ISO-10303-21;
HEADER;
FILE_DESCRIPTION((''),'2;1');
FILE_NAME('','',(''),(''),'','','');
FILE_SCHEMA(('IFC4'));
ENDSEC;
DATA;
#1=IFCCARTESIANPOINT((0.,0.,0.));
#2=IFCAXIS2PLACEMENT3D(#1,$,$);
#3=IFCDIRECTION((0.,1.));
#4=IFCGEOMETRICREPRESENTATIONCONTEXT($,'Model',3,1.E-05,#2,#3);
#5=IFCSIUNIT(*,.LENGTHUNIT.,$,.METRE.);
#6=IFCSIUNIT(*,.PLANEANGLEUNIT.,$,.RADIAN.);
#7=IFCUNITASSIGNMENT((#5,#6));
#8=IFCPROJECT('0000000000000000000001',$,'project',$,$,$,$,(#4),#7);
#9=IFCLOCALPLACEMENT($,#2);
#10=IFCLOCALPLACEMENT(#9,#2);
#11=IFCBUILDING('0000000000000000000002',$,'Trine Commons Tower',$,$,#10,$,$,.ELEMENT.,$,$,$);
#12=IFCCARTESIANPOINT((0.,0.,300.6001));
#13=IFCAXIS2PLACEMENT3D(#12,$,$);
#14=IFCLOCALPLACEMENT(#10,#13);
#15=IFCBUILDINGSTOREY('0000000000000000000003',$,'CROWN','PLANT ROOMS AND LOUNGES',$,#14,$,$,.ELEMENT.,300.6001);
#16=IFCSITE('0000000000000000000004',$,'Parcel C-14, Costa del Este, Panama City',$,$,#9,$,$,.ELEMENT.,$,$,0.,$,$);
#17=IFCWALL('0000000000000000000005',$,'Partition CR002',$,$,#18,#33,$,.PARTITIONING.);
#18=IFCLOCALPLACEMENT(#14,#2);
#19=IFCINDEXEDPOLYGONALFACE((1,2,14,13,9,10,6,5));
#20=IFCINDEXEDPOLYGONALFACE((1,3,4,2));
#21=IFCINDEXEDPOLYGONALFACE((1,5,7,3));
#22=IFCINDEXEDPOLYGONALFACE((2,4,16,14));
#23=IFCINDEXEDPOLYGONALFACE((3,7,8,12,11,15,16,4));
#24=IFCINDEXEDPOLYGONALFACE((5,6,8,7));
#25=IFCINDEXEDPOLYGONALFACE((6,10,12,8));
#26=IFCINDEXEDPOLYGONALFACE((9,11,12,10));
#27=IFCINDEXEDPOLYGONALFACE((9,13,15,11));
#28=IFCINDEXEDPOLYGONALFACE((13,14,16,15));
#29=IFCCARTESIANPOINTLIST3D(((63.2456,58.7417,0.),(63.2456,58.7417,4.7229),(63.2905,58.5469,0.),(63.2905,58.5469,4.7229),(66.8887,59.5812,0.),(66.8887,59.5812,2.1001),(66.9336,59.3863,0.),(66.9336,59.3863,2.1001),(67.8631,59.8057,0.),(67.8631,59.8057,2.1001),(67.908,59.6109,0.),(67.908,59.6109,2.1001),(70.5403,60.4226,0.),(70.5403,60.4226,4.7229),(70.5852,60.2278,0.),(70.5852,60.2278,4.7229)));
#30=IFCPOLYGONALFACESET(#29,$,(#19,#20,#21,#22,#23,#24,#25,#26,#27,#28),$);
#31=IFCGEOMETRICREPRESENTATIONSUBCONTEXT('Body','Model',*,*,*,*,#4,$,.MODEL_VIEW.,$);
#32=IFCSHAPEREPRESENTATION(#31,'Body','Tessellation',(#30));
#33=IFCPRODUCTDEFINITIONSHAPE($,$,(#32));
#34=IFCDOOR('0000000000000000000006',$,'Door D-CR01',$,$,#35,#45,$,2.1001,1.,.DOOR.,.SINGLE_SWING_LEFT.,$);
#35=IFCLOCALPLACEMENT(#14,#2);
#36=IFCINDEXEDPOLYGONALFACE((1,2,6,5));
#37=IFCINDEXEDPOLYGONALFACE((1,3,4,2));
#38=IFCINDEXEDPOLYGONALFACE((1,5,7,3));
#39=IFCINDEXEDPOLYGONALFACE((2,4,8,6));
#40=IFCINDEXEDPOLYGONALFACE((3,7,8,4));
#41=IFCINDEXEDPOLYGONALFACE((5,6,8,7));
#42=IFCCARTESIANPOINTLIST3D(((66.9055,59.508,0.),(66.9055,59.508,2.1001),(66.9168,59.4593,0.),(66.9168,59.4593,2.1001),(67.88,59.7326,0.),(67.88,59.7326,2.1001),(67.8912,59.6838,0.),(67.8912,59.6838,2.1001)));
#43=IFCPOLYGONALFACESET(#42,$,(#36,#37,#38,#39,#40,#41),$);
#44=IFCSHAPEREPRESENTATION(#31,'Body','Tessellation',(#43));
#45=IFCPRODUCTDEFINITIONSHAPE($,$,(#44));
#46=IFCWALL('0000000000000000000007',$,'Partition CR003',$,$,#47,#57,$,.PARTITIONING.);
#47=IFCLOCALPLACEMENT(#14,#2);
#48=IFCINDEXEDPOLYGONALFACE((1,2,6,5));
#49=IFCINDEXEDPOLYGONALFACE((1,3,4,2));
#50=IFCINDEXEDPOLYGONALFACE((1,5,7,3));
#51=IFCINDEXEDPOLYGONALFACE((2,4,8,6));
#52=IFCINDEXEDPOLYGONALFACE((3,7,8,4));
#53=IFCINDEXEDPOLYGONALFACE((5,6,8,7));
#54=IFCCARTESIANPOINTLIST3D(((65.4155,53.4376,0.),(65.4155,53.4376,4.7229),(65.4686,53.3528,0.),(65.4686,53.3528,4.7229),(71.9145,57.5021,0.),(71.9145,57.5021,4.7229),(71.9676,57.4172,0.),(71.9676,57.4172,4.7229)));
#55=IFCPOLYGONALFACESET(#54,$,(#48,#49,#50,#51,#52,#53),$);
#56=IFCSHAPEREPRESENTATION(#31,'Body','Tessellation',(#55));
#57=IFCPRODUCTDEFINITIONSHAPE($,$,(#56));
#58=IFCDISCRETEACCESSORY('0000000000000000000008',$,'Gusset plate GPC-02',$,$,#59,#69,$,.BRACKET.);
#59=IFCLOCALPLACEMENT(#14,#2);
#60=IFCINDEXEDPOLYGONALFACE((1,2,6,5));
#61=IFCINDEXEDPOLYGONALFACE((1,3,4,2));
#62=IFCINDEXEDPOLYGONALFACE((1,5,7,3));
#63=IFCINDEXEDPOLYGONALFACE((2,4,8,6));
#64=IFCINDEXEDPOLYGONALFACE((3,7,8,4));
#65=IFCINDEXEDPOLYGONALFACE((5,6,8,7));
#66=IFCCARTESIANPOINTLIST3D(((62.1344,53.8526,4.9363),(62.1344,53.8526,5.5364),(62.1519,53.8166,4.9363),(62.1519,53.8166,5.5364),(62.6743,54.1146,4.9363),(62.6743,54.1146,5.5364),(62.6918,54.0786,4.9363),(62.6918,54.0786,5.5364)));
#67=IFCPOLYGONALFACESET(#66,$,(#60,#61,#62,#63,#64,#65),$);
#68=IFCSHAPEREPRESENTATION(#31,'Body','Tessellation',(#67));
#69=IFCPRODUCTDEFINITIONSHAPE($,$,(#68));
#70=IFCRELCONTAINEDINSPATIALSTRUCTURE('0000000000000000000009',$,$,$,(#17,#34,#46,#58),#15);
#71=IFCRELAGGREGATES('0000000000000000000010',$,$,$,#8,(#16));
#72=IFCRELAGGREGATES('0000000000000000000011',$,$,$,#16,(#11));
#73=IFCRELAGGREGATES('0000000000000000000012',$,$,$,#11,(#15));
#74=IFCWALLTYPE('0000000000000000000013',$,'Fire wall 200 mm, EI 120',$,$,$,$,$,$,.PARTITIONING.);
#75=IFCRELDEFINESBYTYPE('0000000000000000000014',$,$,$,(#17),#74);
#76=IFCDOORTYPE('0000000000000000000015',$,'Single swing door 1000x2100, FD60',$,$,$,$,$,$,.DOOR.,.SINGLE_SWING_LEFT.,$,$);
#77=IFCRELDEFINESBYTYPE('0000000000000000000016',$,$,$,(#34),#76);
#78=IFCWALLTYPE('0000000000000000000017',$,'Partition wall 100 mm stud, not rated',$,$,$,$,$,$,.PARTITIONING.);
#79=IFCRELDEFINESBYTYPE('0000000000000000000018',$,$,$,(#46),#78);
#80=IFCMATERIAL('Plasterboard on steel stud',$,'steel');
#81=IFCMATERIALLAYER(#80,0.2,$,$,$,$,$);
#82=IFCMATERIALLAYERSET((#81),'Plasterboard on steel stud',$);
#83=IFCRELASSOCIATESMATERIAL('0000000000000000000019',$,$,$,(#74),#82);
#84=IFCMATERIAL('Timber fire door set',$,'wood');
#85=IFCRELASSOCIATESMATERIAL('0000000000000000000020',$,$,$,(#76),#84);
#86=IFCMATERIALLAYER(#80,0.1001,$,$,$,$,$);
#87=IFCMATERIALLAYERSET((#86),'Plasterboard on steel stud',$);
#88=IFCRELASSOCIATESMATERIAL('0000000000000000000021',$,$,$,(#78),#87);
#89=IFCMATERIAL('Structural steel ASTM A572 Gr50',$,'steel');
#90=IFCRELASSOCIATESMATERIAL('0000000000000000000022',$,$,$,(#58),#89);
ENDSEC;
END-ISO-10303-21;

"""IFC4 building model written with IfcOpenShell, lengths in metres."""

from ifc_helpers import new_model, si_unit, direction, frame, frame_2d, origin, origin_2d, place, context, subcontext, project, spatial, rectangle, extrude, material, layer, layer_set, type_object, element, fill, save


model = new_model("IFC4")

# Units and contexts
model_context = context("Model", 3, precision=1e-05, world=origin(), true_north=direction((0.0, 1.0)))
body_context = subcontext(model_context, "Body", "Model", "MODEL_VIEW")
ifc_project = project(units=[si_unit("LENGTHUNIT", "METRE"), si_unit("PLANEANGLEUNIT", "RADIAN")], contexts=[model_context])

# Site, building, storey
site_placement = place(None, origin())
site = spatial("IfcSite", under=ifc_project, at=site_placement, Name="Parcel C-14, Costa del Este, Panama City", CompositionType="ELEMENT", RefElevation=0.0)
building_placement = place(site_placement, origin())
building = spatial("IfcBuilding", under=site, at=building_placement, Name="Trine Commons Tower", CompositionType="ELEMENT")
storey_placement = place(building_placement, frame((0.0, 0.0, 300.6001)))
storey = spatial("IfcBuildingStorey", under=building, at=storey_placement, Name="CROWN", Description="PLANT ROOMS AND LOUNGES", CompositionType="ELEMENT", Elevation=300.6001)

# Shared definitions
ifc_material_1 = material(Name="Plasterboard on steel stud", Category="steel")
ifc_layer_1 = layer(ifc_material_1, 0.2)
ifc_layer_set_1 = layer_set([ifc_layer_1], Name="Plasterboard on steel stud")
wall_type_1 = type_object("IfcWallType", Name="Fire wall 200 mm, EI 120", PredefinedType="PARTITIONING", material=ifc_layer_set_1)

# Wall, opening, door
wall_1_placement = place(storey_placement, frame((63.2681, 58.6443, 0.0), z_axis=(0.0, 0.0, 1.0), x_axis=(0.974464, 0.224545, 0.0)))
wall_1 = element("IfcWall", 1, at=wall_1_placement, inside=storey, type_object=wall_type_1, Name="Partition CR002", PredefinedType="PARTITIONING", context=body_context, shape_type="SweptSolid", body=[
    extrude(rectangle(XDim=7.4858, YDim=0.2, at=frame_2d((3.7429, 0.0))), origin(), (0.0, 0.0, 1.0), 4.7229),
])
opening_placement = place(wall_1_placement, frame((3.7385, 0.0, 0.0)))
opening = element("IfcOpeningElement", 2, at=opening_placement, cuts=wall_1, PredefinedType="OPENING", context=body_context, shape_type="SweptSolid", body=[
    extrude(rectangle(XDim=1.0, YDim=2.1001, at=frame_2d((0.5, 1.05))), frame((0.0, 0.1099, 0.0), z_axis=(0.0, -1.0, 0.0), x_axis=(1.0, 0.0, 0.0)), (0.0, 0.0, 1.0), 0.22),
])
ifc_material_2 = material(Name="Timber fire door set", Category="wood")
door_type = type_object("IfcDoorType", Name="Single swing door 1000x2100, FD60", OperationType="SINGLE_SWING_LEFT", PredefinedType="DOOR", material=ifc_material_2)
door_placement = place(opening_placement, origin())
door = element("IfcDoor", 3, at=door_placement, inside=storey, type_object=door_type, Name="Door D-CR01", OperationType="SINGLE_SWING_LEFT", OverallHeight=2.1001, OverallWidth=1.0, PredefinedType="DOOR", context=body_context, shape_type="SweptSolid", body=[
    extrude(rectangle(XDim=1.0, YDim=2.1001, at=frame_2d((0.5, 1.05))), frame((0.0, 0.0249, 0.0), z_axis=(0.0, -1.0, 0.0), x_axis=(1.0, 0.0, 0.0)), (0.0, 0.0, 1.0), 0.05),
])
fill(opening, door)

# Wall
ifc_layer_2 = layer(ifc_material_1, 0.1001)
ifc_layer_set_2 = layer_set([ifc_layer_2], Name="Plasterboard on steel stud")
wall_type_2 = type_object("IfcWallType", Name="Partition wall 100 mm stud, not rated", PredefinedType="PARTITIONING", material=ifc_layer_set_2)
wall_2_placement = place(storey_placement, frame((65.4421, 53.3953, 0.0), z_axis=(0.0, 0.0, 1.0), x_axis=(0.847848, 0.530239, 0.0)))
element("IfcWall", 4, at=wall_2_placement, inside=storey, type_object=wall_type_2, Name="Partition CR003", PredefinedType="PARTITIONING", context=body_context, shape_type="SweptSolid", body=[
    extrude(rectangle(XDim=7.6653, YDim=0.1001, at=frame_2d((3.8325, 0.0))), origin(), (0.0, 0.0, 1.0), 4.7229),
])

# Discrete accessory
ifc_material_3 = material(Name="Structural steel ASTM A572 Gr50", Category="steel")
discrete_accessory_placement = place(storey_placement, frame((62.4131, 53.9656, 4.9363), z_axis=(0.0, 0.0, 1.0), x_axis=(-0.899662, -0.436587, 0.0)))
element("IfcDiscreteAccessory", 5, at=discrete_accessory_placement, inside=storey, material=ifc_material_3, Name="Gusset plate GPC-02", PredefinedType="BRACKET", context=body_context, shape_type="SweptSolid", body=[
    extrude(rectangle(XDim=0.6001, YDim=0.04, at=origin_2d()), origin(), (0.0, 0.0, 1.0), 0.6001),
])

save(model, "model.ifc")
